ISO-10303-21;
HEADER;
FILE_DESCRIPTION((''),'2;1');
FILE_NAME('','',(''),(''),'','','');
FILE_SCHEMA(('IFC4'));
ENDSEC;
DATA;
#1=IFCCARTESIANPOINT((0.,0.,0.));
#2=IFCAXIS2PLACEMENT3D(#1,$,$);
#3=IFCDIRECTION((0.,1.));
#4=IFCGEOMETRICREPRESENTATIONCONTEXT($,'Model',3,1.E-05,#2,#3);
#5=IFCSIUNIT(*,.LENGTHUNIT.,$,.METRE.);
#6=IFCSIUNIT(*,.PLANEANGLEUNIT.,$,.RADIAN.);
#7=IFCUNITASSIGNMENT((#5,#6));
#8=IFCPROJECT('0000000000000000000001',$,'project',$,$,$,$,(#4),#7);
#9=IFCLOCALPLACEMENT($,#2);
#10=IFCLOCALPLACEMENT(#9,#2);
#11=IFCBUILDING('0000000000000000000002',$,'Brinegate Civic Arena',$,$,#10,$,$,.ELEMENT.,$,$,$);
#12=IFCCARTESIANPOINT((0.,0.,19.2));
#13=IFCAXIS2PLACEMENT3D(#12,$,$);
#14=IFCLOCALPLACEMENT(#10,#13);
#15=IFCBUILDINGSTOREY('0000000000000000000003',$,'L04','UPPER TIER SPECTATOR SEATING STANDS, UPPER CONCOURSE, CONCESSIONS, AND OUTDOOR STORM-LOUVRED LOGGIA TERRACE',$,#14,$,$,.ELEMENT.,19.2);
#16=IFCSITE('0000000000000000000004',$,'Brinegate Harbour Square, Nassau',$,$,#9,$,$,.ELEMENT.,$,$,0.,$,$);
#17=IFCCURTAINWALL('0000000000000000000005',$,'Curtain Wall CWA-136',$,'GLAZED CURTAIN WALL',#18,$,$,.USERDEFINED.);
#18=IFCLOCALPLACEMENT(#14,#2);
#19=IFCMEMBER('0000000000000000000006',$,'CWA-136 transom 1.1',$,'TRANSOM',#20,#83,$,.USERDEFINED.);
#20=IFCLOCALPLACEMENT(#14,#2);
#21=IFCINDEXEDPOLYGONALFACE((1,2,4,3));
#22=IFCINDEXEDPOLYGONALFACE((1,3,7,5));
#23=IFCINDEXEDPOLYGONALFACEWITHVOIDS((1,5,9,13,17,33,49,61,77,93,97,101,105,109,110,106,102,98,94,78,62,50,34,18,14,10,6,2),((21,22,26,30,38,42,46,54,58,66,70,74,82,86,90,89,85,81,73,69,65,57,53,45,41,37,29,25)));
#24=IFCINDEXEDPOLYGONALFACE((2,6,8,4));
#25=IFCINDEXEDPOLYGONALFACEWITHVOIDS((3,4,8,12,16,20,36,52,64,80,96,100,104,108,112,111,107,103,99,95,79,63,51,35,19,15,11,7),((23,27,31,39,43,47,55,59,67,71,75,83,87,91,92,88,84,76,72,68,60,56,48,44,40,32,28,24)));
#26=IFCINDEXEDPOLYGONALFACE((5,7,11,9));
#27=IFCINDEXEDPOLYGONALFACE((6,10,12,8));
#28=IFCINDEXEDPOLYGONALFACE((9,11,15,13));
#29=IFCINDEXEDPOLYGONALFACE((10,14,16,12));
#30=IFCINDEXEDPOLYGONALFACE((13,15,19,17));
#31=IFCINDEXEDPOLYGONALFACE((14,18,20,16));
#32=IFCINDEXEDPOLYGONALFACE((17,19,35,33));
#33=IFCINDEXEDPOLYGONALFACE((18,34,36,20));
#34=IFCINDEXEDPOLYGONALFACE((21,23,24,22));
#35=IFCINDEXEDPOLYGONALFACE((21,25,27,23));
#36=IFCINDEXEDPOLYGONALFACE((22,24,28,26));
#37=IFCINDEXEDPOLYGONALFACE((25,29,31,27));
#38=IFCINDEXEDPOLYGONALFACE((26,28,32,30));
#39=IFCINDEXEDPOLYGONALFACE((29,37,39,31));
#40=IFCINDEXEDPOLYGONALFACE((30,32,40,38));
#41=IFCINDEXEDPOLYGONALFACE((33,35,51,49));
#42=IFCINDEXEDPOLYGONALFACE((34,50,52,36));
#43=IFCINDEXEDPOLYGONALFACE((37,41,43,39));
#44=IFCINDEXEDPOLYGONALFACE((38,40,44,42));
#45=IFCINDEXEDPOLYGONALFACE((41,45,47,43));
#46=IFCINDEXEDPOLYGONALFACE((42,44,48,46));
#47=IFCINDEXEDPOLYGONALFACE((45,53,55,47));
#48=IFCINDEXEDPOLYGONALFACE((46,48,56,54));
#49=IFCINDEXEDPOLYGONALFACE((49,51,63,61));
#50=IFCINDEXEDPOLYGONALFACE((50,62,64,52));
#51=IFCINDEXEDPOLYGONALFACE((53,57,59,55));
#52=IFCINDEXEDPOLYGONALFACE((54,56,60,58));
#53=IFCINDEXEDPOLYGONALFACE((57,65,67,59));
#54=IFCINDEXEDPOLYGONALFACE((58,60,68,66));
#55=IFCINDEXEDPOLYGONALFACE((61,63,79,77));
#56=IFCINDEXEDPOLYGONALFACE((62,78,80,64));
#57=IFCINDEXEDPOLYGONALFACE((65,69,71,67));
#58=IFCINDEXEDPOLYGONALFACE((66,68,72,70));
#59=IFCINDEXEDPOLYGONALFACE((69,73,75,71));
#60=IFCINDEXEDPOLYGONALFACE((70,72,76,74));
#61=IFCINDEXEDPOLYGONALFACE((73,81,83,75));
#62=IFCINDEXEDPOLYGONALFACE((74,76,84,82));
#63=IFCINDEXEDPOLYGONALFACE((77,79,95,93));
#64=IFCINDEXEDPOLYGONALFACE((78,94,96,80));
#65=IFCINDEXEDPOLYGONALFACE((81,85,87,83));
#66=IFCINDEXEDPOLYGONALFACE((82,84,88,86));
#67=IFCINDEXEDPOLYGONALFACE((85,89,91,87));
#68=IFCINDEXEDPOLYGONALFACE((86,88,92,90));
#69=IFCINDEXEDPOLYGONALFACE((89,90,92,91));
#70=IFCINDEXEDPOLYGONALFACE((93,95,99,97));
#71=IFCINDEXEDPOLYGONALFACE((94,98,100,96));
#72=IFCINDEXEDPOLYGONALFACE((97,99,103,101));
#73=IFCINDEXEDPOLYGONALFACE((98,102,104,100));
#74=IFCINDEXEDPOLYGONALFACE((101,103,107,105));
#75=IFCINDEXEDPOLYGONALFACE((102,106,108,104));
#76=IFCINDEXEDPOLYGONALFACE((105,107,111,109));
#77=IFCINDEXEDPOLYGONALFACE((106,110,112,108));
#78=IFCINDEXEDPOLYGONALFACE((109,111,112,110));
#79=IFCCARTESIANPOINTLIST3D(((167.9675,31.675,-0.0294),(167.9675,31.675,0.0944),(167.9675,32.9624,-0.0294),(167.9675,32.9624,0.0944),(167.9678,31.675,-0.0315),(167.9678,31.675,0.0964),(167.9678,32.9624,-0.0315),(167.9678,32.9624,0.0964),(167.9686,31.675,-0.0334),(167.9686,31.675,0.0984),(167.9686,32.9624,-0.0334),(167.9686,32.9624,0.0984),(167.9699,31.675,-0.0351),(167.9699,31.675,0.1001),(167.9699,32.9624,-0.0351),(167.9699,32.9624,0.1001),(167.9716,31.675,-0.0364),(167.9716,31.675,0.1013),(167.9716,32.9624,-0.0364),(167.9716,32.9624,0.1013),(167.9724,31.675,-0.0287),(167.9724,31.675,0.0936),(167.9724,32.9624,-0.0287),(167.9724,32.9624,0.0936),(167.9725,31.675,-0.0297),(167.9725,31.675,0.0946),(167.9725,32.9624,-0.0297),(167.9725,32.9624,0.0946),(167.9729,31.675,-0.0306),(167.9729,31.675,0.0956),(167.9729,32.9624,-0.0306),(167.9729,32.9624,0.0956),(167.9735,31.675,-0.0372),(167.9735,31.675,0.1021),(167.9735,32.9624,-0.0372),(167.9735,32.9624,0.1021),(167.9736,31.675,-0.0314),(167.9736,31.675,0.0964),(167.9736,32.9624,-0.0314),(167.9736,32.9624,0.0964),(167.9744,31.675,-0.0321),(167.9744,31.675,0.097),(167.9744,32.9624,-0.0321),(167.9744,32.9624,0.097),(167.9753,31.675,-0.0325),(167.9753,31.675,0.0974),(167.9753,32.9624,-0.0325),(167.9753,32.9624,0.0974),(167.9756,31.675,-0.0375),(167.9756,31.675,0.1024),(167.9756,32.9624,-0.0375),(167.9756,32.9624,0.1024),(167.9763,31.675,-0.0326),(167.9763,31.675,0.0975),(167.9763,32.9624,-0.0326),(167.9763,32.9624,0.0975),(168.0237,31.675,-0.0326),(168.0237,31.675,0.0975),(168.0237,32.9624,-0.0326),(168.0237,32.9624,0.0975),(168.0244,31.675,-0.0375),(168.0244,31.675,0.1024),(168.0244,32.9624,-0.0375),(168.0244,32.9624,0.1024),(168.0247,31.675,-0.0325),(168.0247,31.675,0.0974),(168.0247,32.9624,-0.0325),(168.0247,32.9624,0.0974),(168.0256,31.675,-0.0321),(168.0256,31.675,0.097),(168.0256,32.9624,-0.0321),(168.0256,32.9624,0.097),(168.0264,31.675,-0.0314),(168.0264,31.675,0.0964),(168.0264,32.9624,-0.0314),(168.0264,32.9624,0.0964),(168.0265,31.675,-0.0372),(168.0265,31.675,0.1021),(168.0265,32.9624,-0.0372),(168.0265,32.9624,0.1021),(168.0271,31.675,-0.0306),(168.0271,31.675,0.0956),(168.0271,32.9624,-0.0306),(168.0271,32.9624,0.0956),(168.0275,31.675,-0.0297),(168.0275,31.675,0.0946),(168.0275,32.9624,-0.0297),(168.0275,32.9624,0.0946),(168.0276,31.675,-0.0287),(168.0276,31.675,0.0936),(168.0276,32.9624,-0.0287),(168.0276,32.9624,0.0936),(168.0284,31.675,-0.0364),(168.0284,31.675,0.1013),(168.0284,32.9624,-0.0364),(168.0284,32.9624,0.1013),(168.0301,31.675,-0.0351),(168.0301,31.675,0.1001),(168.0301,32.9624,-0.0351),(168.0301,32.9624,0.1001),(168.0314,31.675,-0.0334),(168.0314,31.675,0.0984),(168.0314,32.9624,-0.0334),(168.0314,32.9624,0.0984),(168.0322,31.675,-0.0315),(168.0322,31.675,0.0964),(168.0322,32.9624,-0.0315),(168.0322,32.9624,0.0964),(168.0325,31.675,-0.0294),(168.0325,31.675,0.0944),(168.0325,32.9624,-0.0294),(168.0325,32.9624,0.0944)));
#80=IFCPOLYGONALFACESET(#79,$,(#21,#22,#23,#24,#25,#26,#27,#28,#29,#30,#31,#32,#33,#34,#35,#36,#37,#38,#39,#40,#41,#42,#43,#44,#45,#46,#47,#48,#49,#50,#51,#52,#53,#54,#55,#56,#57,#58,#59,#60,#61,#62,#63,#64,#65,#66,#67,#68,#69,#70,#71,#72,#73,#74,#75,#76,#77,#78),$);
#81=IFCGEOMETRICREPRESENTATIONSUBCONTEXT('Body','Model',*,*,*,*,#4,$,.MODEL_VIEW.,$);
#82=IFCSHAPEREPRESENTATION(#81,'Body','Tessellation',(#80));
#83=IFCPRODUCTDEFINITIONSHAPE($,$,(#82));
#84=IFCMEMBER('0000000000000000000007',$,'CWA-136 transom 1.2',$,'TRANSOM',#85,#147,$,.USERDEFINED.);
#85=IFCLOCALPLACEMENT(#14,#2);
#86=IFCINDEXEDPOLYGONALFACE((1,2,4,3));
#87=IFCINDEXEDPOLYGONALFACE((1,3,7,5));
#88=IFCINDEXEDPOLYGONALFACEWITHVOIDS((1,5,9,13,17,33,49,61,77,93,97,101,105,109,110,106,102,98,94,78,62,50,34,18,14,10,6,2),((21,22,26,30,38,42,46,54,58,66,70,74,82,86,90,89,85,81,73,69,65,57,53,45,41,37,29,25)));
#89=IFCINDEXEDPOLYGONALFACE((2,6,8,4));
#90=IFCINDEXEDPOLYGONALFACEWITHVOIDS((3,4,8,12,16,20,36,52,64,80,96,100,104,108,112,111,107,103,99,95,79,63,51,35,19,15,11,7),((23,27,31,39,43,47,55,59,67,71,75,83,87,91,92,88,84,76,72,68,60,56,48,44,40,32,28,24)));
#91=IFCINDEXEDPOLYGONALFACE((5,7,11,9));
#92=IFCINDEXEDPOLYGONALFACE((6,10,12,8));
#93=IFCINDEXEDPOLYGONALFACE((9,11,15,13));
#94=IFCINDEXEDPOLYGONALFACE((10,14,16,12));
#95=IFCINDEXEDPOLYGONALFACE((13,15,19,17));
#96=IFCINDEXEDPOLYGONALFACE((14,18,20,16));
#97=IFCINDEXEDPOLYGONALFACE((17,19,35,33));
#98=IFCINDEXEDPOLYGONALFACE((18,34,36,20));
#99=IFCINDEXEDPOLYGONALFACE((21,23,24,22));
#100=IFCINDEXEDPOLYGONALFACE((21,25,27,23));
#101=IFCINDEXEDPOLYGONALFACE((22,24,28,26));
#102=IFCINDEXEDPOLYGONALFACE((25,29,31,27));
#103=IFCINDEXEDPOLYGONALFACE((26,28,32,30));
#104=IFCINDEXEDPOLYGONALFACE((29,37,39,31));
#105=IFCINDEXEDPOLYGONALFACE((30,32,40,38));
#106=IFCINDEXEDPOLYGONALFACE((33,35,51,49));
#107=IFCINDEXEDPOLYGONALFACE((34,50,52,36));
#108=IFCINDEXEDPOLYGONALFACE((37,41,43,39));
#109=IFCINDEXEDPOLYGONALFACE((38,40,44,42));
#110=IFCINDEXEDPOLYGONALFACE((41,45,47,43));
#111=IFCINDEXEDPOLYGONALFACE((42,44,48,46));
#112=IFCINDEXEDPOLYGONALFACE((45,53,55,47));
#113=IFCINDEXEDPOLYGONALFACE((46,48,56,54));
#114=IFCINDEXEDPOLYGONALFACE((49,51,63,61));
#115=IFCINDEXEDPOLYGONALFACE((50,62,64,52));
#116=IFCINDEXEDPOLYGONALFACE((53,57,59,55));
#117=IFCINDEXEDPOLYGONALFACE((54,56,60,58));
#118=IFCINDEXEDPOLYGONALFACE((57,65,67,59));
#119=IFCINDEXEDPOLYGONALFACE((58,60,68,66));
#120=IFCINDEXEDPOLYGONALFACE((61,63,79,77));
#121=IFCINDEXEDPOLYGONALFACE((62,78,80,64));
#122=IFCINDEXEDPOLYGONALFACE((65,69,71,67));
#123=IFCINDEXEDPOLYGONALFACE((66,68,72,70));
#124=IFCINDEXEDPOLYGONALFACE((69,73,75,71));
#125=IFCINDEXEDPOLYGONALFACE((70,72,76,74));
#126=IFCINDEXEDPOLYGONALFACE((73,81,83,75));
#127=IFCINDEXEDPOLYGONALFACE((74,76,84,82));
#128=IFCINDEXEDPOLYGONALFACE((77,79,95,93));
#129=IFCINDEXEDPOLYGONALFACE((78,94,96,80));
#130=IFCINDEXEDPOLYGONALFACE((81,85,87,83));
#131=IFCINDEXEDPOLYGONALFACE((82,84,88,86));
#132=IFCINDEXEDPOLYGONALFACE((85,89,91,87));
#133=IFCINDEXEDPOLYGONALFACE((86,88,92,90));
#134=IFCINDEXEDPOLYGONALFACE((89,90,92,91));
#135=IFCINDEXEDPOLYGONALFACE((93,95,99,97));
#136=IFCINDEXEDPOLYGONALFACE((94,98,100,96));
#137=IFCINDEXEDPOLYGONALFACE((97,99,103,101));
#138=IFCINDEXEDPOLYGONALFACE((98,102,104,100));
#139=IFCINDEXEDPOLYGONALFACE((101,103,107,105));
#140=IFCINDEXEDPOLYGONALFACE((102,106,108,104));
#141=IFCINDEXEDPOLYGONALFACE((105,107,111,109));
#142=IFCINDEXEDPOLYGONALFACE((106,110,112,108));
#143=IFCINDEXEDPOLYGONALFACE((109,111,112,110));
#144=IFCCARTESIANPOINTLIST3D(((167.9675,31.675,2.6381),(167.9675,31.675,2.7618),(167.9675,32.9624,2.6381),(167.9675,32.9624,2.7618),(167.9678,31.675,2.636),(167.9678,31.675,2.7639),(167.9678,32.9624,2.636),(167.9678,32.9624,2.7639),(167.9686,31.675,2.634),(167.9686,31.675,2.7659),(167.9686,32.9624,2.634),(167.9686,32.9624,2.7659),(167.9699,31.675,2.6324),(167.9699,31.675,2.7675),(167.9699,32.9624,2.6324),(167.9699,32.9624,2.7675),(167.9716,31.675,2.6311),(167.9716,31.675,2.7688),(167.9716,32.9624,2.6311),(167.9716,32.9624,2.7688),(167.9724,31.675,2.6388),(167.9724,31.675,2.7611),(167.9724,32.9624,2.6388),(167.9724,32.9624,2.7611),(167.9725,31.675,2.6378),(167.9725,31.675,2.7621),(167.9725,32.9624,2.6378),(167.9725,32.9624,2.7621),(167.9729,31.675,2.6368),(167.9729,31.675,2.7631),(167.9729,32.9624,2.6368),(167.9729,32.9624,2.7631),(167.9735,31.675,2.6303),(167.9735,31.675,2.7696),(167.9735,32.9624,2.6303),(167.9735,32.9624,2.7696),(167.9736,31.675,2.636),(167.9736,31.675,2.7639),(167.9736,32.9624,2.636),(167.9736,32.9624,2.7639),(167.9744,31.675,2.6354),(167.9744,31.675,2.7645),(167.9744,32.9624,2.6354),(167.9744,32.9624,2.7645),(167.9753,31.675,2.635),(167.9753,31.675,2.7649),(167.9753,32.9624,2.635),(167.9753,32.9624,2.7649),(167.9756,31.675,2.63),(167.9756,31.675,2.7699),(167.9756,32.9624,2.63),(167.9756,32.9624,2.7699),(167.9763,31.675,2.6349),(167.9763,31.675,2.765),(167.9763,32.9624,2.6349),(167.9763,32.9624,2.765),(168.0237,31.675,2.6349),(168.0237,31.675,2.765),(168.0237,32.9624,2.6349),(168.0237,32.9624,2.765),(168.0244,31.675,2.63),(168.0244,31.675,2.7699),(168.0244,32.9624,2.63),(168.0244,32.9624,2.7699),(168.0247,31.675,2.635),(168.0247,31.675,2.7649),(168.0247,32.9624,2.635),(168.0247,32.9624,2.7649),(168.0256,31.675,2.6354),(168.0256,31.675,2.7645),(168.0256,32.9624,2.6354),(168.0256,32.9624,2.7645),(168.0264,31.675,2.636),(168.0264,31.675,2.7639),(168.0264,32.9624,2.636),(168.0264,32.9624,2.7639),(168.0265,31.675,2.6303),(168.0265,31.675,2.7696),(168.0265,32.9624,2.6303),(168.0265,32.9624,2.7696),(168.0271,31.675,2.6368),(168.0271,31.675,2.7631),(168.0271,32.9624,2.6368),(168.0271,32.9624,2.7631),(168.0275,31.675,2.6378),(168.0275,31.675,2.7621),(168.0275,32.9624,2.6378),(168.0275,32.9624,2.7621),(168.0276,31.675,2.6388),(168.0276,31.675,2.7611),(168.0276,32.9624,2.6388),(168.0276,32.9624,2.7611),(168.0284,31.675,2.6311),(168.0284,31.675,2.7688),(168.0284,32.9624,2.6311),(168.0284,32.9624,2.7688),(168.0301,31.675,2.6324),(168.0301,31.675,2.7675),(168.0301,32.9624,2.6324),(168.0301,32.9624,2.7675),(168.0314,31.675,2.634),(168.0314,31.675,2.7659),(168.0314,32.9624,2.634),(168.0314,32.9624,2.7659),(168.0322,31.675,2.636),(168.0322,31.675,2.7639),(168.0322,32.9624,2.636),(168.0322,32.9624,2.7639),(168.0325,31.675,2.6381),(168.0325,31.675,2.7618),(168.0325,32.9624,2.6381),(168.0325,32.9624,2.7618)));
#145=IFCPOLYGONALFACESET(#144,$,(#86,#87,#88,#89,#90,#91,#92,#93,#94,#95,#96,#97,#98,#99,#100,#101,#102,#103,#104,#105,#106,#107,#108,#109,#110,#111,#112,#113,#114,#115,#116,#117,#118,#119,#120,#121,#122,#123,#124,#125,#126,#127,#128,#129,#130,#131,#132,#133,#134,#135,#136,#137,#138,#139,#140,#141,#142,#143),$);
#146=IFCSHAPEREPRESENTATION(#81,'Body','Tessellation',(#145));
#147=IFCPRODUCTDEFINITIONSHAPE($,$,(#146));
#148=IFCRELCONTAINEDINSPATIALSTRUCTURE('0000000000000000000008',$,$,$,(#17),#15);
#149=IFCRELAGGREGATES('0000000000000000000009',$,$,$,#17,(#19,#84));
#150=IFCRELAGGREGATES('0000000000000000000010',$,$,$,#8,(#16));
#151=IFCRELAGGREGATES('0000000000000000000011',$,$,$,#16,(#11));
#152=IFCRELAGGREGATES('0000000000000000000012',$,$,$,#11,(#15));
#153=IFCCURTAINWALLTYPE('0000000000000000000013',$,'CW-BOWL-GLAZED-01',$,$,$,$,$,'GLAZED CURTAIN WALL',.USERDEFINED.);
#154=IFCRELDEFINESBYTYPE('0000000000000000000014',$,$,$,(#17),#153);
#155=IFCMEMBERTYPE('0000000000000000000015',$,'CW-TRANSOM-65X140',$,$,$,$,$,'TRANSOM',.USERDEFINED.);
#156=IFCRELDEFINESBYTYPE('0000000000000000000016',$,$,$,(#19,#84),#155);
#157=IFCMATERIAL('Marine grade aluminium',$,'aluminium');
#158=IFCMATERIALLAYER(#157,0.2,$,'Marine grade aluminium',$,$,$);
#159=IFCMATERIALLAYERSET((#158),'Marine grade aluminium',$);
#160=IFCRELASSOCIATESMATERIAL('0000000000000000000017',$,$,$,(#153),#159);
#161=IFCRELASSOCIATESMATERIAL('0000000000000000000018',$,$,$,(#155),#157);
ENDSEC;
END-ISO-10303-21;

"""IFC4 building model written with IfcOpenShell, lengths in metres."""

from ifc_helpers import new_model, si_unit, direction, frame, origin, origin_2d, place, context, subcontext, project, spatial, hollow_rectangle, extrude, material, layer, layer_set, material_profile, profile_set, type_object, element, aggregate, save


model = new_model("IFC4")

# Units and contexts
model_context = context("Model", 3, precision=1e-05, world=origin(), true_north=direction((0.0, 1.0)))
body_context = subcontext(model_context, "Body", "Model", "MODEL_VIEW")
ifc_project = project(units=[si_unit("LENGTHUNIT", "METRE"), si_unit("PLANEANGLEUNIT", "RADIAN")], contexts=[model_context])

# Site, building, storey
site_placement = place(None, origin())
site = spatial("IfcSite", under=ifc_project, at=site_placement, Name="Brinegate Harbour Square, Nassau", CompositionType="ELEMENT", RefElevation=0.0)
building_placement = place(site_placement, origin())
building = spatial("IfcBuilding", under=site, at=building_placement, Name="Brinegate Civic Arena", CompositionType="ELEMENT")
storey_placement = place(building_placement, frame((0.0, 0.0, 19.2)))
storey = spatial("IfcBuildingStorey", under=building, at=storey_placement, Name="L04", Description="UPPER TIER SPECTATOR SEATING STANDS, UPPER CONCOURSE, CONCESSIONS, AND OUTDOOR STORM-LOUVRED LOGGIA TERRACE", CompositionType="ELEMENT", Elevation=19.2)

# Curtain wall, members
ifc_material_1 = material(Name="Marine grade aluminium", Category="aluminium")
ifc_layer_1 = layer(ifc_material_1, 0.2, Name="Marine grade aluminium")
ifc_layer_set_1 = layer_set([ifc_layer_1], Name="Marine grade aluminium")
curtain_wall_type = type_object("IfcCurtainWallType", Name="CW-BOWL-GLAZED-01", ElementType="GLAZED CURTAIN WALL", PredefinedType="USERDEFINED", material=ifc_layer_set_1)
curtain_wall_placement = place(storey_placement, origin())
curtain_wall = element("IfcCurtainWall", 1, at=curtain_wall_placement, inside=storey, type_object=curtain_wall_type, Name="Curtain Wall CWA-136", ObjectType="GLAZED CURTAIN WALL", PredefinedType="USERDEFINED")
ifc_material_profile_1 = material_profile(ifc_material_1, hollow_rectangle(XDim=0.0649, YDim=0.1399, WallThickness=0.0049, InnerFilletRadius=0.0039, OuterFilletRadius=0.0081, at=origin_2d()), Name="TRN65X140")
ifc_profile_set_1 = profile_set([ifc_material_profile_1], Name="Marine grade aluminium")
member_type_1 = type_object("IfcMemberType", Name="CW-TRANSOM-65X140", ElementType="TRANSOM", PredefinedType="USERDEFINED", material=ifc_profile_set_1)
member_1_placement = place(storey_placement, frame((168.0, 31.675, 0.0325), z_axis=(0.0, 1.0, 0.0), x_axis=(-1.0, 0.0, 0.0)))
member_1 = element("IfcMember", 2, at=member_1_placement, type_object=member_type_1, Name="CWA-136 transom 1.1", ObjectType="TRANSOM", PredefinedType="USERDEFINED", context=body_context, shape_type="SweptSolid", body=[
    extrude(hollow_rectangle(XDim=0.0649, YDim=0.1399, WallThickness=0.0049, InnerFilletRadius=0.0039, OuterFilletRadius=0.0081, at=origin_2d()), origin(), (0.0, 0.0, 1.0), 1.2874),
])
member_2_placement = place(storey_placement, frame((168.0, 31.675, 2.7), z_axis=(0.0, 1.0, 0.0), x_axis=(-1.0, 0.0, 0.0)))
member_2 = element("IfcMember", 3, at=member_2_placement, type_object=member_type_1, Name="CWA-136 transom 1.2", ObjectType="TRANSOM", PredefinedType="USERDEFINED", context=body_context, shape_type="SweptSolid", body=[
    extrude(hollow_rectangle(XDim=0.0649, YDim=0.1399, WallThickness=0.0049, InnerFilletRadius=0.0039, OuterFilletRadius=0.0081, at=origin_2d()), origin(), (0.0, 0.0, 1.0), 1.2874),
])
aggregate(curtain_wall, [member_1, member_2])

save(model, "model.ifc")
